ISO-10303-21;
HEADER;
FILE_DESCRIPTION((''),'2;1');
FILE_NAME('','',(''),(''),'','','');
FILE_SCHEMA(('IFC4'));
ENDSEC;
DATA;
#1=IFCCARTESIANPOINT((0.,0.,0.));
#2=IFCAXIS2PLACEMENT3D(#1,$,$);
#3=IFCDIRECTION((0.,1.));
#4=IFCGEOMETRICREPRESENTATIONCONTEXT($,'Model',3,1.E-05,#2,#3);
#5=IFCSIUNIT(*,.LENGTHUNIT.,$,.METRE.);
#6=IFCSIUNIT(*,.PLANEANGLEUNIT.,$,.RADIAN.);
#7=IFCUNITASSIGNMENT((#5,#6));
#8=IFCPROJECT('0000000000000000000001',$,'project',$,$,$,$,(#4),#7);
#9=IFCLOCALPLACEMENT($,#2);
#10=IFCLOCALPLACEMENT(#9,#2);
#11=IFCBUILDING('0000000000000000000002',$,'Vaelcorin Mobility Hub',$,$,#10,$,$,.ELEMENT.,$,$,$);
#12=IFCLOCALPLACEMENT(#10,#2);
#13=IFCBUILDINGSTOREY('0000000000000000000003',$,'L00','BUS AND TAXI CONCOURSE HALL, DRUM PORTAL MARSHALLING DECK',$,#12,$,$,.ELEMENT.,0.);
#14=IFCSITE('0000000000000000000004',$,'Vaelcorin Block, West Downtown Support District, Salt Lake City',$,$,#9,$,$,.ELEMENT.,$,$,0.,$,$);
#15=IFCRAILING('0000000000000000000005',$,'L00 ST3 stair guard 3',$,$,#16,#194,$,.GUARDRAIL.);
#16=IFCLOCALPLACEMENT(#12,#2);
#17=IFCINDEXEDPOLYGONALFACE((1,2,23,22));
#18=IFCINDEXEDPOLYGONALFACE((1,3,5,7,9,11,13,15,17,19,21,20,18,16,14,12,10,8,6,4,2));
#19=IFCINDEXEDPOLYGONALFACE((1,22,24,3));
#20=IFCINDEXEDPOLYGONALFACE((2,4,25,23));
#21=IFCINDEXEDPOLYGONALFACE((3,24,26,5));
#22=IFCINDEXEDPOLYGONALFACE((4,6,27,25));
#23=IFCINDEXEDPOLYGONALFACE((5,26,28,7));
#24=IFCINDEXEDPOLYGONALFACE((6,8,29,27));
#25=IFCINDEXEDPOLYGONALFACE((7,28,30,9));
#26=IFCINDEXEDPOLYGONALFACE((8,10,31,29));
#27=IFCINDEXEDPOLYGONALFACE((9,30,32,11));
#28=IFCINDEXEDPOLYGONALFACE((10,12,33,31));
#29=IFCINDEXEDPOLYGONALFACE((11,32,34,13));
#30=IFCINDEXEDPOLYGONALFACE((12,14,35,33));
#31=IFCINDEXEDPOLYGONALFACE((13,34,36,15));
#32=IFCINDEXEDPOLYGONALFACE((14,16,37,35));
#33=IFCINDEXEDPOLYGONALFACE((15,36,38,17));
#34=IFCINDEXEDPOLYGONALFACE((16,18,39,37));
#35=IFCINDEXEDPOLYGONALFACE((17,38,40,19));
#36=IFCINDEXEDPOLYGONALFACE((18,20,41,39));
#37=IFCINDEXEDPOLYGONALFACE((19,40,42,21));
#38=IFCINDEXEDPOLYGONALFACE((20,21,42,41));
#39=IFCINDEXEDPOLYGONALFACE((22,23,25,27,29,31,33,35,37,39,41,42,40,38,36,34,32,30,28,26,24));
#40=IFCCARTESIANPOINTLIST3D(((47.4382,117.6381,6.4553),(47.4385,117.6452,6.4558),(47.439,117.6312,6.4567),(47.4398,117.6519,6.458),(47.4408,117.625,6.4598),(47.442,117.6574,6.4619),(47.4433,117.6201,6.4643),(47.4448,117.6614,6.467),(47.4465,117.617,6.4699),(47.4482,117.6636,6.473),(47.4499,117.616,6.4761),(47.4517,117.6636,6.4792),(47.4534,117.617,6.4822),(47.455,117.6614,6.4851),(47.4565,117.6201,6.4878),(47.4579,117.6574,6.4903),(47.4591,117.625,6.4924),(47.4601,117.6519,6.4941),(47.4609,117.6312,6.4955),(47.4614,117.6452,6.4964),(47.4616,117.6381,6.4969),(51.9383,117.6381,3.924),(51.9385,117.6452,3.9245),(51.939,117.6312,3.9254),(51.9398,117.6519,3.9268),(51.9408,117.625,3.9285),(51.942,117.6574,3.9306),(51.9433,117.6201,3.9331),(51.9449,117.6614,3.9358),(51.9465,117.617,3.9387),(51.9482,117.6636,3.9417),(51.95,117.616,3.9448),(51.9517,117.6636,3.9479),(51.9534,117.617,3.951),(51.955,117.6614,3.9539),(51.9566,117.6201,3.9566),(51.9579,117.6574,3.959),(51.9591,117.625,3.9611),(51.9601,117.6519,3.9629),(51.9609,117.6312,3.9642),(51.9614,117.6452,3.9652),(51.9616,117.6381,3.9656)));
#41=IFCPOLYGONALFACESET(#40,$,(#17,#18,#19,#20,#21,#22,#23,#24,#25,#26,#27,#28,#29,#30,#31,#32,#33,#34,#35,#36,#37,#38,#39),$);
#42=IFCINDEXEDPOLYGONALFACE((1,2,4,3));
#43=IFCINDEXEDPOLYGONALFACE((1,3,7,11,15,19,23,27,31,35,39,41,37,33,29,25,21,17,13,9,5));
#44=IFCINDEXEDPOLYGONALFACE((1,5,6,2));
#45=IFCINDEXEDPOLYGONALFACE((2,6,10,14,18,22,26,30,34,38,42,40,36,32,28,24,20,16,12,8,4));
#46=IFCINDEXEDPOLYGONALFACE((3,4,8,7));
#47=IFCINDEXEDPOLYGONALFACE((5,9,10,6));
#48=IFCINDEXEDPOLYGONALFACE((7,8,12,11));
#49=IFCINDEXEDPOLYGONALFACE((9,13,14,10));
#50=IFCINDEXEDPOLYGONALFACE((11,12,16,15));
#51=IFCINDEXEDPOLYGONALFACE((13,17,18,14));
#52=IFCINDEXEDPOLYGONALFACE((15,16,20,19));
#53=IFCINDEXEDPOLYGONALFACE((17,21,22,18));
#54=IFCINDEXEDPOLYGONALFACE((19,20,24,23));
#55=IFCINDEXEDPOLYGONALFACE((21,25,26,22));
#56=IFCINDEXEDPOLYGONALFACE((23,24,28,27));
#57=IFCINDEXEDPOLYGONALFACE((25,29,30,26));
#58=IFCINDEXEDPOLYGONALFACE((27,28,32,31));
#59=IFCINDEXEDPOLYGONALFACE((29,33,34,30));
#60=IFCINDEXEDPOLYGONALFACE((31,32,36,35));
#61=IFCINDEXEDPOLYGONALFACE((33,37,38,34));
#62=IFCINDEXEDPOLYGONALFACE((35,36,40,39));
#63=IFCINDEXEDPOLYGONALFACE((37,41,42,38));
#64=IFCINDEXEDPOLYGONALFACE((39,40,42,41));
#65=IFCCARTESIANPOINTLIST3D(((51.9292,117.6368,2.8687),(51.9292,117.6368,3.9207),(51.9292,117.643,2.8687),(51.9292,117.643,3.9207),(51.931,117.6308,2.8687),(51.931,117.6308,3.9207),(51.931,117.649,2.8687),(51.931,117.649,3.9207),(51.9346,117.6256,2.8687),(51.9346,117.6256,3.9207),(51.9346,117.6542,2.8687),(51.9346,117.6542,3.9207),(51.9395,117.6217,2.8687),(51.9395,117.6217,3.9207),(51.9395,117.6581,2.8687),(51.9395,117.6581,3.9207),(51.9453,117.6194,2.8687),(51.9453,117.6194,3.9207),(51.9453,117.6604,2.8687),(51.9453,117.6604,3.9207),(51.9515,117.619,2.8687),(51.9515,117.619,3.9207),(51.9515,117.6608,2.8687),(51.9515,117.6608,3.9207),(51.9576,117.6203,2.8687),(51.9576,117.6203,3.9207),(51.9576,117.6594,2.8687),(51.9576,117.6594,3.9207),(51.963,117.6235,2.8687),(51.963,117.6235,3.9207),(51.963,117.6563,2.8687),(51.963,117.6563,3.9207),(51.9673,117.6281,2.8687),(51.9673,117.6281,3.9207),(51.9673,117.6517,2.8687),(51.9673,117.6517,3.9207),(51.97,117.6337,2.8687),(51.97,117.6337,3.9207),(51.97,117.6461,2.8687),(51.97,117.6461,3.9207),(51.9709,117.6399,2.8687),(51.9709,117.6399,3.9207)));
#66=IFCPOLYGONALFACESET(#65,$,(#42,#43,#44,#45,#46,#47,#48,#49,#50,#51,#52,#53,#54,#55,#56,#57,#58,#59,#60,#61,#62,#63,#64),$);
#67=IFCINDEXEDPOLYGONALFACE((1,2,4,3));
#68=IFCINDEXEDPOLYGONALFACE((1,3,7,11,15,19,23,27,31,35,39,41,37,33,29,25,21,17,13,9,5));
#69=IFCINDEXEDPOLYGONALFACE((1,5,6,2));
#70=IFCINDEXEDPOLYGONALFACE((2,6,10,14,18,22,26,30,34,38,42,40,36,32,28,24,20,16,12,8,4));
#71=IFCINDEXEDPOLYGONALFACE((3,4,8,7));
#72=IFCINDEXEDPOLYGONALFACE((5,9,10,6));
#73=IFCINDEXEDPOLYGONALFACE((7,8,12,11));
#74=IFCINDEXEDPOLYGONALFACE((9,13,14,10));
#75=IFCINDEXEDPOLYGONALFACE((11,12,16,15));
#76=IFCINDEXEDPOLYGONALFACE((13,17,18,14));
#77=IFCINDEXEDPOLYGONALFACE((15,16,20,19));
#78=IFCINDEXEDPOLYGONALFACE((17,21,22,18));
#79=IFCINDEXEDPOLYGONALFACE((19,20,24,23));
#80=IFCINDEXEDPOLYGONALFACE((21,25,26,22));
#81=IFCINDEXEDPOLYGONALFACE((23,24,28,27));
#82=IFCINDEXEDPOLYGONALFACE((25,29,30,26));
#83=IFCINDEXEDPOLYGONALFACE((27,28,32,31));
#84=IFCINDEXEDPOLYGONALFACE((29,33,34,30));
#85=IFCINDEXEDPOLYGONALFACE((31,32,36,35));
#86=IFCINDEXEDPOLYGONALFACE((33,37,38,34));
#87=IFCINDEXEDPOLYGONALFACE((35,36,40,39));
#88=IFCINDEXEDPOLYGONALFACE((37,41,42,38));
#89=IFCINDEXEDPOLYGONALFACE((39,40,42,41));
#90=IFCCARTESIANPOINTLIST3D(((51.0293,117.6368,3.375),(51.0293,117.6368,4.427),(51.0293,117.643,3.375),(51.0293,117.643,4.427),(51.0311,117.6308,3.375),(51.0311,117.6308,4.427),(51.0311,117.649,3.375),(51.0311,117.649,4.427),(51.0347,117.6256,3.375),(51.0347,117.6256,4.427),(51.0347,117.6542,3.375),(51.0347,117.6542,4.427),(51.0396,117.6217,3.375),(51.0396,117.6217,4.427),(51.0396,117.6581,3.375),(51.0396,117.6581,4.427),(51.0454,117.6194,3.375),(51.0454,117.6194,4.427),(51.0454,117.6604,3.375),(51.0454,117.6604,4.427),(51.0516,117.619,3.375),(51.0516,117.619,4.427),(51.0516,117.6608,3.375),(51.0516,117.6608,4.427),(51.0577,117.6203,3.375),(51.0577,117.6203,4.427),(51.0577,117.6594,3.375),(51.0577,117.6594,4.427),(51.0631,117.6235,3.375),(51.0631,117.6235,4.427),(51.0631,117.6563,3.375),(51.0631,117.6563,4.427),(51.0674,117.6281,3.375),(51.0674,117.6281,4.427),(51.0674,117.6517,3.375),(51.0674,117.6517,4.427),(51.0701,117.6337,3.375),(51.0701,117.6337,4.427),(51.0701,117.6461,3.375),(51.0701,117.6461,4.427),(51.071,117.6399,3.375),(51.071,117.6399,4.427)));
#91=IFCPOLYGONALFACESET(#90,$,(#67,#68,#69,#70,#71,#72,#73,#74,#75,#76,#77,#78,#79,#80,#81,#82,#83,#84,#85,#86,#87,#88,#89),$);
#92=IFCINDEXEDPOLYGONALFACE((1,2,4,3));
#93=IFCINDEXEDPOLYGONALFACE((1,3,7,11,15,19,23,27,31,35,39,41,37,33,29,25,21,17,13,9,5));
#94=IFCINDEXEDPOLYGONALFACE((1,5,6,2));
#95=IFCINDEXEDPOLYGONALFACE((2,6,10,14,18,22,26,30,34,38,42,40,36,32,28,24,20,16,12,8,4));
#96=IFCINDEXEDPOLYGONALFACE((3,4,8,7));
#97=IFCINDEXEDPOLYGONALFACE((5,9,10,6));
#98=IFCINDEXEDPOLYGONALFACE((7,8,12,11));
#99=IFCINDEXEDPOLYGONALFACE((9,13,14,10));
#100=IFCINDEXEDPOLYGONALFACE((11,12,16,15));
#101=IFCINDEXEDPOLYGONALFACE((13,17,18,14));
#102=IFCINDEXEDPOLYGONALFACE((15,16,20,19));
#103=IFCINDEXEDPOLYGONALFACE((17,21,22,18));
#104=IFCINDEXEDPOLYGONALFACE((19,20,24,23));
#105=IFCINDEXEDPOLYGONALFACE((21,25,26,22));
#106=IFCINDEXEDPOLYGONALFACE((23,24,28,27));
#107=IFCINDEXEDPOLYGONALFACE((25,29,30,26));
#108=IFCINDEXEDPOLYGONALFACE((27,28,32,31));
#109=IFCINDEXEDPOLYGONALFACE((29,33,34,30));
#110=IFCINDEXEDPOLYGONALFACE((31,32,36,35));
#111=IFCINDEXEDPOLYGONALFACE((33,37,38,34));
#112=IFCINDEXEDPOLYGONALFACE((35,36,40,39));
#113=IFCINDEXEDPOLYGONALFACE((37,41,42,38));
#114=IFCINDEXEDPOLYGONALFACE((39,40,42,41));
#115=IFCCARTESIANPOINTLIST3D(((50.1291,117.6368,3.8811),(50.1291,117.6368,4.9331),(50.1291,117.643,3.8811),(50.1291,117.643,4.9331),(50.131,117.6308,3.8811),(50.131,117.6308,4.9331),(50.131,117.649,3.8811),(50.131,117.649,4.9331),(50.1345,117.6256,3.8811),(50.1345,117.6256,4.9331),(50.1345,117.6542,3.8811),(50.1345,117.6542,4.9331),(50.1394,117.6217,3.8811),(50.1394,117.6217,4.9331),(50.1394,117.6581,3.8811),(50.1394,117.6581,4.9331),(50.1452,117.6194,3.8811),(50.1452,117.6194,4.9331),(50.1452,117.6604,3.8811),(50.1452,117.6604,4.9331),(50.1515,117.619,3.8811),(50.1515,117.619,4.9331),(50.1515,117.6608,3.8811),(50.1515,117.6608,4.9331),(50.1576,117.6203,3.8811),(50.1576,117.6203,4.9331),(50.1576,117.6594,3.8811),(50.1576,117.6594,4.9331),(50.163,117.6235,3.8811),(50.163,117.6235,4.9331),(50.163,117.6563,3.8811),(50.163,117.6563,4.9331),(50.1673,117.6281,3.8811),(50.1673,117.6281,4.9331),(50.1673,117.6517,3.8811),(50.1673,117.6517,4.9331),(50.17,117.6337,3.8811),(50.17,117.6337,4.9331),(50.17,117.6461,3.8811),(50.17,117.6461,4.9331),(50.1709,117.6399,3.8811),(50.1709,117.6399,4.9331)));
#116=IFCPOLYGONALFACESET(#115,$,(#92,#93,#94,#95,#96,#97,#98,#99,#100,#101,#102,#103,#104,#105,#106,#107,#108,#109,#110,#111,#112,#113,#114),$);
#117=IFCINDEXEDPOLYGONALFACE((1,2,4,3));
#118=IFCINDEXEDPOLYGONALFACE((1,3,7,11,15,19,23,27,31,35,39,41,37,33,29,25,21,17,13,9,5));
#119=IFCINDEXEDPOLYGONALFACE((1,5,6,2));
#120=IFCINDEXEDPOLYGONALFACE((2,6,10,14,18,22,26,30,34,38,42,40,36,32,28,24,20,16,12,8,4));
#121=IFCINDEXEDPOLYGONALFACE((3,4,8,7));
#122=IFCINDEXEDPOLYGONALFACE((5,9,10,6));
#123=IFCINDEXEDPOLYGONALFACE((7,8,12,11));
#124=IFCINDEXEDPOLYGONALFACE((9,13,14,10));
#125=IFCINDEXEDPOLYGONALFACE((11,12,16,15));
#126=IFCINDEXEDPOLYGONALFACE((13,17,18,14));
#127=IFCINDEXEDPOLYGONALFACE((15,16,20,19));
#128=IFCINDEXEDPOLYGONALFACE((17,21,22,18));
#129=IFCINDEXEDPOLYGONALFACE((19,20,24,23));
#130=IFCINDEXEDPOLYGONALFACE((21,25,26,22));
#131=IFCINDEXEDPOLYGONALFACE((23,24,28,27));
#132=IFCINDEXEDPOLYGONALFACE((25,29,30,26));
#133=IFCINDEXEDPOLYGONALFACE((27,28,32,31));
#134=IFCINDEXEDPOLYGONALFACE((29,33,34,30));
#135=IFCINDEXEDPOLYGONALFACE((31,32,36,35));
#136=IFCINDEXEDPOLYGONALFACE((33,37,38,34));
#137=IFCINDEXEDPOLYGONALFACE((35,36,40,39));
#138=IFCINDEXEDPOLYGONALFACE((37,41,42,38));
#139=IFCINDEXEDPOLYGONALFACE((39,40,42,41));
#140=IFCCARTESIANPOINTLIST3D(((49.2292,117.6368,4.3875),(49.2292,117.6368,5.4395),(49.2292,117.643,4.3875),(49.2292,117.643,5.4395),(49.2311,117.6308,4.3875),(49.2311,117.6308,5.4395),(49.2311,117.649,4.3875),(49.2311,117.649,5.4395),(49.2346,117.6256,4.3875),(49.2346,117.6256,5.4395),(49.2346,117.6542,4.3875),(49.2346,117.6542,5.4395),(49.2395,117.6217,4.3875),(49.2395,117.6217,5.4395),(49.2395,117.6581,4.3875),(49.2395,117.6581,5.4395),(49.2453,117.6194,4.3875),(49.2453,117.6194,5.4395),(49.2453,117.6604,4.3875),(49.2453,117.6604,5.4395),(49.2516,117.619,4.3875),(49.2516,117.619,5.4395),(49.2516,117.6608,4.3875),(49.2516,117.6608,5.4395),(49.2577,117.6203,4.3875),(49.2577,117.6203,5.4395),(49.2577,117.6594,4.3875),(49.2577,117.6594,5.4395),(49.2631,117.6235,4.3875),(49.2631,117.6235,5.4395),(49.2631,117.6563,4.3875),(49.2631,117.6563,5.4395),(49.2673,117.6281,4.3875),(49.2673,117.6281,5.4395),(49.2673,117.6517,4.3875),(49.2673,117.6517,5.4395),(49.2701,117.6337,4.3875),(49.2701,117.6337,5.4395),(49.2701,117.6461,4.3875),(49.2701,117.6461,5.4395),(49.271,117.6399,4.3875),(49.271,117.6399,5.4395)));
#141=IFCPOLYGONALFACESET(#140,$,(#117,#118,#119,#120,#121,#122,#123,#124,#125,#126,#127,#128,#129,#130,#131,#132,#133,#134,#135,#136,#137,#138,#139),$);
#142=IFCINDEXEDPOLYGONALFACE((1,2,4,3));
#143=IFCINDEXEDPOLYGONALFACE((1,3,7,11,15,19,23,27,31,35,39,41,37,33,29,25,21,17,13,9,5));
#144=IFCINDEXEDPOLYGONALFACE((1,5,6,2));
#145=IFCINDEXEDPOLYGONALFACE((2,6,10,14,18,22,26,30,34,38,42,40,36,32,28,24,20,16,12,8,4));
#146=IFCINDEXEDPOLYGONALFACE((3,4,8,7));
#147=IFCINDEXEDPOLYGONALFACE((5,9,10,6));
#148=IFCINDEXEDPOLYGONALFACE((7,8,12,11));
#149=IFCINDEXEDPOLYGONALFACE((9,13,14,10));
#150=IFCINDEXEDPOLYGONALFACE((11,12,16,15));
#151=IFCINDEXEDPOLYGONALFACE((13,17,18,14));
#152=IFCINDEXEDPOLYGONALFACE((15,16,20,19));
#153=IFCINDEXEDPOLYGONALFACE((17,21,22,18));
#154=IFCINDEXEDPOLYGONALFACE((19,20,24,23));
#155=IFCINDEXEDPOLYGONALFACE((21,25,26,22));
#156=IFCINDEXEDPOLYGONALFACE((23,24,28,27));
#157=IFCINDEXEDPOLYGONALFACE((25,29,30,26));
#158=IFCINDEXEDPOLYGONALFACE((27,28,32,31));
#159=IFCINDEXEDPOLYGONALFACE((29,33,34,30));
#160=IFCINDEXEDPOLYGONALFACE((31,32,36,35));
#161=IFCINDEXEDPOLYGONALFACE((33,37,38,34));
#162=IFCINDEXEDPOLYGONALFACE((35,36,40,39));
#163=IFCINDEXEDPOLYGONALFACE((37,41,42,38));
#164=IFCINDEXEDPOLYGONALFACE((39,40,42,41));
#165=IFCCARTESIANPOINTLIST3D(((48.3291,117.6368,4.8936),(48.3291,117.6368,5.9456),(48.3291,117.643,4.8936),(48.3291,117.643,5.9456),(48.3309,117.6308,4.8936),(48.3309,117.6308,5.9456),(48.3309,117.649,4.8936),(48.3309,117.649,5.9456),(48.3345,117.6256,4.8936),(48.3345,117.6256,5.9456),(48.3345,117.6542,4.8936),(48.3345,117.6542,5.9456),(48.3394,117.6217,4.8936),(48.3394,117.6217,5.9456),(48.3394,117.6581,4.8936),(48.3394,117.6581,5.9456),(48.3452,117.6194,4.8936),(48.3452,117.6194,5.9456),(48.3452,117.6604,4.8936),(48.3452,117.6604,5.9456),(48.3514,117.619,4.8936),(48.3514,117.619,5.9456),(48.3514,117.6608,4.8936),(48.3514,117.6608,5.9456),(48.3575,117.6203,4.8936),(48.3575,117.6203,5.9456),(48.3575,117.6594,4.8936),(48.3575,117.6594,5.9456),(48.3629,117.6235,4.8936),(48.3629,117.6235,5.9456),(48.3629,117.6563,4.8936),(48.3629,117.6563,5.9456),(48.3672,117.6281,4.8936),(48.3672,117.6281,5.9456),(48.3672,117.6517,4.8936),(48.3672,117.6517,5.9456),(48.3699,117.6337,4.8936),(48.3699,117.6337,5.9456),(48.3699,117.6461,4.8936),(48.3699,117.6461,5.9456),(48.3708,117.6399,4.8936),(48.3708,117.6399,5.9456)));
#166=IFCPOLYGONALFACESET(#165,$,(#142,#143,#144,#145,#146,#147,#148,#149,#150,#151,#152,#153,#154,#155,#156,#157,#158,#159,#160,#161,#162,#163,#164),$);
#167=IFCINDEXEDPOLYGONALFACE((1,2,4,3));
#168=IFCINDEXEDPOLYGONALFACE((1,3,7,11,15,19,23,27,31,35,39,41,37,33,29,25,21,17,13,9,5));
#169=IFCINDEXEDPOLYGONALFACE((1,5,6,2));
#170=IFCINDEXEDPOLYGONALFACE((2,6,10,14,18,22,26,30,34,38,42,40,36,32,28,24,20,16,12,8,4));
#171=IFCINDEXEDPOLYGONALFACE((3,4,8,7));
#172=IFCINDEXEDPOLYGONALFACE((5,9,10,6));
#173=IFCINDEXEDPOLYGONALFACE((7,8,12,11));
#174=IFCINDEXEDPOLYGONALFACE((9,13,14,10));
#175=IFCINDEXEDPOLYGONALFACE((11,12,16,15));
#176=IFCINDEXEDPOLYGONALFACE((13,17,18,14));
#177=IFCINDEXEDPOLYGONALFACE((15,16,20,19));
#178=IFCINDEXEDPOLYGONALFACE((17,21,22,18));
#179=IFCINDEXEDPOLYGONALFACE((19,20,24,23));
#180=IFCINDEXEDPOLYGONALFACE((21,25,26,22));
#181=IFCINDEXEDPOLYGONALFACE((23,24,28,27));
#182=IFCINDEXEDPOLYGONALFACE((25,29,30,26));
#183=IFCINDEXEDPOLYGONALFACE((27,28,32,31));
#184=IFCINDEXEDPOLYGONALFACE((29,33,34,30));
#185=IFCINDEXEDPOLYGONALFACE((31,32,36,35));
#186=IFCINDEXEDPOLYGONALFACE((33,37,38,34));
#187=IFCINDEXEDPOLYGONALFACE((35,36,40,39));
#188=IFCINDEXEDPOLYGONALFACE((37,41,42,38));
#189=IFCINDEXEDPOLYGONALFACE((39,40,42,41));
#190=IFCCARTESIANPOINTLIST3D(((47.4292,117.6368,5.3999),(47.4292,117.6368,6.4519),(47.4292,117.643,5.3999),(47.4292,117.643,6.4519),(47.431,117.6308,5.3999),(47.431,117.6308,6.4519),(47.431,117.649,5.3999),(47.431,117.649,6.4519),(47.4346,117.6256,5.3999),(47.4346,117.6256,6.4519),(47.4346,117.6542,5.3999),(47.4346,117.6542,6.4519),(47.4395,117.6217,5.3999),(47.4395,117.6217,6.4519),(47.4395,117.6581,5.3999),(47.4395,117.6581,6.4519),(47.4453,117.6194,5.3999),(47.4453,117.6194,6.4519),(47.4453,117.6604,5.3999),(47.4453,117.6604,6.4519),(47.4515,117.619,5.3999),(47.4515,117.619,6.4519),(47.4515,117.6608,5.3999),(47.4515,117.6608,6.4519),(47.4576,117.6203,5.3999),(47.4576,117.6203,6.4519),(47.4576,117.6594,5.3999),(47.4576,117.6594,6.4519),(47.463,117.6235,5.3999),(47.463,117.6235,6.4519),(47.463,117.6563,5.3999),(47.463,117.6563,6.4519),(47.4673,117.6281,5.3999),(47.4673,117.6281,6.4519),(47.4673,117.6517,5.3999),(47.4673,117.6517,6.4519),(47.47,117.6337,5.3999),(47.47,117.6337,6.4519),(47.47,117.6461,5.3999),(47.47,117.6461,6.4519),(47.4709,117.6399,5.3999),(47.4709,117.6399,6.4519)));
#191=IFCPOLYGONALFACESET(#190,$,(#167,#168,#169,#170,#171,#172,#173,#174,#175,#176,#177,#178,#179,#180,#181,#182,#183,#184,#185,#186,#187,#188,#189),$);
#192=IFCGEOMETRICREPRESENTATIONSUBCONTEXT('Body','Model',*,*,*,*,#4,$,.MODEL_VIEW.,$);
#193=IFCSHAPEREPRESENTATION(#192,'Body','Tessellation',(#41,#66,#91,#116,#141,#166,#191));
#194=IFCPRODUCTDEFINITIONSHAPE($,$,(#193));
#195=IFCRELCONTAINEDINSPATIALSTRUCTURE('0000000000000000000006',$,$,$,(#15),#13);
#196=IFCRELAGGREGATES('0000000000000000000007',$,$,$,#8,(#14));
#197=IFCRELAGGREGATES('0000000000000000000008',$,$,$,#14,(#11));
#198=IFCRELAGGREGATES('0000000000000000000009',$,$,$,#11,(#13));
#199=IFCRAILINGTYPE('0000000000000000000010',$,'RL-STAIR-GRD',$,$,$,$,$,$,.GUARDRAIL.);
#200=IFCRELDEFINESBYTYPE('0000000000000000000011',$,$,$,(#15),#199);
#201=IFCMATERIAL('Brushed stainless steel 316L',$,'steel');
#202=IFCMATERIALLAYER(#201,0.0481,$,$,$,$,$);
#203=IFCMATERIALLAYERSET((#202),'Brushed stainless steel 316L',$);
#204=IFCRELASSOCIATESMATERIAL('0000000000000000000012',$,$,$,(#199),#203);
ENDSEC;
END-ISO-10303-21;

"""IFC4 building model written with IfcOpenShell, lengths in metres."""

from ifc_helpers import new_model, si_unit, direction, frame, origin, origin_2d, place, context, subcontext, project, spatial, circle, extrude, material, layer, layer_set, type_object, element, save


model = new_model("IFC4")

# Units and contexts
model_context = context("Model", 3, precision=1e-05, world=origin(), true_north=direction((0.0, 1.0)))
body_context = subcontext(model_context, "Body", "Model", "MODEL_VIEW")
ifc_project = project(units=[si_unit("LENGTHUNIT", "METRE"), si_unit("PLANEANGLEUNIT", "RADIAN")], contexts=[model_context])

# Site, building, storey
site_placement = place(None, origin())
site = spatial("IfcSite", under=ifc_project, at=site_placement, Name="Vaelcorin Block, West Downtown Support District, Salt Lake City", CompositionType="ELEMENT", RefElevation=0.0)
building_placement = place(site_placement, origin())
building = spatial("IfcBuilding", under=site, at=building_placement, Name="Vaelcorin Mobility Hub", CompositionType="ELEMENT")
storey_placement = place(building_placement, origin())
storey = spatial("IfcBuildingStorey", under=building, at=storey_placement, Name="L00", Description="BUS AND TAXI CONCOURSE HALL, DRUM PORTAL MARSHALLING DECK", CompositionType="ELEMENT", Elevation=0.0)

# Railing
ifc_material_1 = material(Name="Brushed stainless steel 316L", Category="steel")
ifc_layer_1 = layer(ifc_material_1, 0.0481)
ifc_layer_set_1 = layer_set([ifc_layer_1], Name="Brushed stainless steel 316L")
railing_type_1 = type_object("IfcRailingType", Name="RL-STAIR-GRD", PredefinedType="GUARDRAIL", material=ifc_layer_set_1)
railing_1_placement = place(storey_placement, frame((51.95, 117.6399, 2.8687)))
element("IfcRailing", 1, at=railing_1_placement, inside=storey, type_object=railing_type_1, Name="L00 ST3 stair guard 3", PredefinedType="GUARDRAIL", context=body_context, shape_type="SweptSolid", body=[
    extrude(circle(Radius=0.0239, at=origin_2d()), frame((0.0, 0.0, 1.0762), z_axis=(-0.871576, 0.0, 0.490261), x_axis=(0.0, -1.0, 0.0)), (0.0, 0.0, 1.0), 5.1631),
    extrude(circle(Radius=0.021, at=origin_2d()), origin(), (0.0, 0.0, 1.0), 1.052),
    extrude(circle(Radius=0.021, at=origin_2d()), frame((-0.8999, 0.0, 0.5063)), (0.0, 0.0, 1.0), 1.052),
    extrude(circle(Radius=0.021, at=origin_2d()), frame((-1.8, 0.0, 1.0125)), (0.0, 0.0, 1.0), 1.052),
    extrude(circle(Radius=0.021, at=origin_2d()), frame((-2.7, 0.0, 1.5188)), (0.0, 0.0, 1.0), 1.052),
    extrude(circle(Radius=0.021, at=origin_2d()), frame((-3.6001, 0.0, 2.0249)), (0.0, 0.0, 1.0), 1.052),
    extrude(circle(Radius=0.021, at=origin_2d()), frame((-4.5, 0.0, 2.5312)), (0.0, 0.0, 1.0), 1.052),
])

save(model, "model.ifc")
